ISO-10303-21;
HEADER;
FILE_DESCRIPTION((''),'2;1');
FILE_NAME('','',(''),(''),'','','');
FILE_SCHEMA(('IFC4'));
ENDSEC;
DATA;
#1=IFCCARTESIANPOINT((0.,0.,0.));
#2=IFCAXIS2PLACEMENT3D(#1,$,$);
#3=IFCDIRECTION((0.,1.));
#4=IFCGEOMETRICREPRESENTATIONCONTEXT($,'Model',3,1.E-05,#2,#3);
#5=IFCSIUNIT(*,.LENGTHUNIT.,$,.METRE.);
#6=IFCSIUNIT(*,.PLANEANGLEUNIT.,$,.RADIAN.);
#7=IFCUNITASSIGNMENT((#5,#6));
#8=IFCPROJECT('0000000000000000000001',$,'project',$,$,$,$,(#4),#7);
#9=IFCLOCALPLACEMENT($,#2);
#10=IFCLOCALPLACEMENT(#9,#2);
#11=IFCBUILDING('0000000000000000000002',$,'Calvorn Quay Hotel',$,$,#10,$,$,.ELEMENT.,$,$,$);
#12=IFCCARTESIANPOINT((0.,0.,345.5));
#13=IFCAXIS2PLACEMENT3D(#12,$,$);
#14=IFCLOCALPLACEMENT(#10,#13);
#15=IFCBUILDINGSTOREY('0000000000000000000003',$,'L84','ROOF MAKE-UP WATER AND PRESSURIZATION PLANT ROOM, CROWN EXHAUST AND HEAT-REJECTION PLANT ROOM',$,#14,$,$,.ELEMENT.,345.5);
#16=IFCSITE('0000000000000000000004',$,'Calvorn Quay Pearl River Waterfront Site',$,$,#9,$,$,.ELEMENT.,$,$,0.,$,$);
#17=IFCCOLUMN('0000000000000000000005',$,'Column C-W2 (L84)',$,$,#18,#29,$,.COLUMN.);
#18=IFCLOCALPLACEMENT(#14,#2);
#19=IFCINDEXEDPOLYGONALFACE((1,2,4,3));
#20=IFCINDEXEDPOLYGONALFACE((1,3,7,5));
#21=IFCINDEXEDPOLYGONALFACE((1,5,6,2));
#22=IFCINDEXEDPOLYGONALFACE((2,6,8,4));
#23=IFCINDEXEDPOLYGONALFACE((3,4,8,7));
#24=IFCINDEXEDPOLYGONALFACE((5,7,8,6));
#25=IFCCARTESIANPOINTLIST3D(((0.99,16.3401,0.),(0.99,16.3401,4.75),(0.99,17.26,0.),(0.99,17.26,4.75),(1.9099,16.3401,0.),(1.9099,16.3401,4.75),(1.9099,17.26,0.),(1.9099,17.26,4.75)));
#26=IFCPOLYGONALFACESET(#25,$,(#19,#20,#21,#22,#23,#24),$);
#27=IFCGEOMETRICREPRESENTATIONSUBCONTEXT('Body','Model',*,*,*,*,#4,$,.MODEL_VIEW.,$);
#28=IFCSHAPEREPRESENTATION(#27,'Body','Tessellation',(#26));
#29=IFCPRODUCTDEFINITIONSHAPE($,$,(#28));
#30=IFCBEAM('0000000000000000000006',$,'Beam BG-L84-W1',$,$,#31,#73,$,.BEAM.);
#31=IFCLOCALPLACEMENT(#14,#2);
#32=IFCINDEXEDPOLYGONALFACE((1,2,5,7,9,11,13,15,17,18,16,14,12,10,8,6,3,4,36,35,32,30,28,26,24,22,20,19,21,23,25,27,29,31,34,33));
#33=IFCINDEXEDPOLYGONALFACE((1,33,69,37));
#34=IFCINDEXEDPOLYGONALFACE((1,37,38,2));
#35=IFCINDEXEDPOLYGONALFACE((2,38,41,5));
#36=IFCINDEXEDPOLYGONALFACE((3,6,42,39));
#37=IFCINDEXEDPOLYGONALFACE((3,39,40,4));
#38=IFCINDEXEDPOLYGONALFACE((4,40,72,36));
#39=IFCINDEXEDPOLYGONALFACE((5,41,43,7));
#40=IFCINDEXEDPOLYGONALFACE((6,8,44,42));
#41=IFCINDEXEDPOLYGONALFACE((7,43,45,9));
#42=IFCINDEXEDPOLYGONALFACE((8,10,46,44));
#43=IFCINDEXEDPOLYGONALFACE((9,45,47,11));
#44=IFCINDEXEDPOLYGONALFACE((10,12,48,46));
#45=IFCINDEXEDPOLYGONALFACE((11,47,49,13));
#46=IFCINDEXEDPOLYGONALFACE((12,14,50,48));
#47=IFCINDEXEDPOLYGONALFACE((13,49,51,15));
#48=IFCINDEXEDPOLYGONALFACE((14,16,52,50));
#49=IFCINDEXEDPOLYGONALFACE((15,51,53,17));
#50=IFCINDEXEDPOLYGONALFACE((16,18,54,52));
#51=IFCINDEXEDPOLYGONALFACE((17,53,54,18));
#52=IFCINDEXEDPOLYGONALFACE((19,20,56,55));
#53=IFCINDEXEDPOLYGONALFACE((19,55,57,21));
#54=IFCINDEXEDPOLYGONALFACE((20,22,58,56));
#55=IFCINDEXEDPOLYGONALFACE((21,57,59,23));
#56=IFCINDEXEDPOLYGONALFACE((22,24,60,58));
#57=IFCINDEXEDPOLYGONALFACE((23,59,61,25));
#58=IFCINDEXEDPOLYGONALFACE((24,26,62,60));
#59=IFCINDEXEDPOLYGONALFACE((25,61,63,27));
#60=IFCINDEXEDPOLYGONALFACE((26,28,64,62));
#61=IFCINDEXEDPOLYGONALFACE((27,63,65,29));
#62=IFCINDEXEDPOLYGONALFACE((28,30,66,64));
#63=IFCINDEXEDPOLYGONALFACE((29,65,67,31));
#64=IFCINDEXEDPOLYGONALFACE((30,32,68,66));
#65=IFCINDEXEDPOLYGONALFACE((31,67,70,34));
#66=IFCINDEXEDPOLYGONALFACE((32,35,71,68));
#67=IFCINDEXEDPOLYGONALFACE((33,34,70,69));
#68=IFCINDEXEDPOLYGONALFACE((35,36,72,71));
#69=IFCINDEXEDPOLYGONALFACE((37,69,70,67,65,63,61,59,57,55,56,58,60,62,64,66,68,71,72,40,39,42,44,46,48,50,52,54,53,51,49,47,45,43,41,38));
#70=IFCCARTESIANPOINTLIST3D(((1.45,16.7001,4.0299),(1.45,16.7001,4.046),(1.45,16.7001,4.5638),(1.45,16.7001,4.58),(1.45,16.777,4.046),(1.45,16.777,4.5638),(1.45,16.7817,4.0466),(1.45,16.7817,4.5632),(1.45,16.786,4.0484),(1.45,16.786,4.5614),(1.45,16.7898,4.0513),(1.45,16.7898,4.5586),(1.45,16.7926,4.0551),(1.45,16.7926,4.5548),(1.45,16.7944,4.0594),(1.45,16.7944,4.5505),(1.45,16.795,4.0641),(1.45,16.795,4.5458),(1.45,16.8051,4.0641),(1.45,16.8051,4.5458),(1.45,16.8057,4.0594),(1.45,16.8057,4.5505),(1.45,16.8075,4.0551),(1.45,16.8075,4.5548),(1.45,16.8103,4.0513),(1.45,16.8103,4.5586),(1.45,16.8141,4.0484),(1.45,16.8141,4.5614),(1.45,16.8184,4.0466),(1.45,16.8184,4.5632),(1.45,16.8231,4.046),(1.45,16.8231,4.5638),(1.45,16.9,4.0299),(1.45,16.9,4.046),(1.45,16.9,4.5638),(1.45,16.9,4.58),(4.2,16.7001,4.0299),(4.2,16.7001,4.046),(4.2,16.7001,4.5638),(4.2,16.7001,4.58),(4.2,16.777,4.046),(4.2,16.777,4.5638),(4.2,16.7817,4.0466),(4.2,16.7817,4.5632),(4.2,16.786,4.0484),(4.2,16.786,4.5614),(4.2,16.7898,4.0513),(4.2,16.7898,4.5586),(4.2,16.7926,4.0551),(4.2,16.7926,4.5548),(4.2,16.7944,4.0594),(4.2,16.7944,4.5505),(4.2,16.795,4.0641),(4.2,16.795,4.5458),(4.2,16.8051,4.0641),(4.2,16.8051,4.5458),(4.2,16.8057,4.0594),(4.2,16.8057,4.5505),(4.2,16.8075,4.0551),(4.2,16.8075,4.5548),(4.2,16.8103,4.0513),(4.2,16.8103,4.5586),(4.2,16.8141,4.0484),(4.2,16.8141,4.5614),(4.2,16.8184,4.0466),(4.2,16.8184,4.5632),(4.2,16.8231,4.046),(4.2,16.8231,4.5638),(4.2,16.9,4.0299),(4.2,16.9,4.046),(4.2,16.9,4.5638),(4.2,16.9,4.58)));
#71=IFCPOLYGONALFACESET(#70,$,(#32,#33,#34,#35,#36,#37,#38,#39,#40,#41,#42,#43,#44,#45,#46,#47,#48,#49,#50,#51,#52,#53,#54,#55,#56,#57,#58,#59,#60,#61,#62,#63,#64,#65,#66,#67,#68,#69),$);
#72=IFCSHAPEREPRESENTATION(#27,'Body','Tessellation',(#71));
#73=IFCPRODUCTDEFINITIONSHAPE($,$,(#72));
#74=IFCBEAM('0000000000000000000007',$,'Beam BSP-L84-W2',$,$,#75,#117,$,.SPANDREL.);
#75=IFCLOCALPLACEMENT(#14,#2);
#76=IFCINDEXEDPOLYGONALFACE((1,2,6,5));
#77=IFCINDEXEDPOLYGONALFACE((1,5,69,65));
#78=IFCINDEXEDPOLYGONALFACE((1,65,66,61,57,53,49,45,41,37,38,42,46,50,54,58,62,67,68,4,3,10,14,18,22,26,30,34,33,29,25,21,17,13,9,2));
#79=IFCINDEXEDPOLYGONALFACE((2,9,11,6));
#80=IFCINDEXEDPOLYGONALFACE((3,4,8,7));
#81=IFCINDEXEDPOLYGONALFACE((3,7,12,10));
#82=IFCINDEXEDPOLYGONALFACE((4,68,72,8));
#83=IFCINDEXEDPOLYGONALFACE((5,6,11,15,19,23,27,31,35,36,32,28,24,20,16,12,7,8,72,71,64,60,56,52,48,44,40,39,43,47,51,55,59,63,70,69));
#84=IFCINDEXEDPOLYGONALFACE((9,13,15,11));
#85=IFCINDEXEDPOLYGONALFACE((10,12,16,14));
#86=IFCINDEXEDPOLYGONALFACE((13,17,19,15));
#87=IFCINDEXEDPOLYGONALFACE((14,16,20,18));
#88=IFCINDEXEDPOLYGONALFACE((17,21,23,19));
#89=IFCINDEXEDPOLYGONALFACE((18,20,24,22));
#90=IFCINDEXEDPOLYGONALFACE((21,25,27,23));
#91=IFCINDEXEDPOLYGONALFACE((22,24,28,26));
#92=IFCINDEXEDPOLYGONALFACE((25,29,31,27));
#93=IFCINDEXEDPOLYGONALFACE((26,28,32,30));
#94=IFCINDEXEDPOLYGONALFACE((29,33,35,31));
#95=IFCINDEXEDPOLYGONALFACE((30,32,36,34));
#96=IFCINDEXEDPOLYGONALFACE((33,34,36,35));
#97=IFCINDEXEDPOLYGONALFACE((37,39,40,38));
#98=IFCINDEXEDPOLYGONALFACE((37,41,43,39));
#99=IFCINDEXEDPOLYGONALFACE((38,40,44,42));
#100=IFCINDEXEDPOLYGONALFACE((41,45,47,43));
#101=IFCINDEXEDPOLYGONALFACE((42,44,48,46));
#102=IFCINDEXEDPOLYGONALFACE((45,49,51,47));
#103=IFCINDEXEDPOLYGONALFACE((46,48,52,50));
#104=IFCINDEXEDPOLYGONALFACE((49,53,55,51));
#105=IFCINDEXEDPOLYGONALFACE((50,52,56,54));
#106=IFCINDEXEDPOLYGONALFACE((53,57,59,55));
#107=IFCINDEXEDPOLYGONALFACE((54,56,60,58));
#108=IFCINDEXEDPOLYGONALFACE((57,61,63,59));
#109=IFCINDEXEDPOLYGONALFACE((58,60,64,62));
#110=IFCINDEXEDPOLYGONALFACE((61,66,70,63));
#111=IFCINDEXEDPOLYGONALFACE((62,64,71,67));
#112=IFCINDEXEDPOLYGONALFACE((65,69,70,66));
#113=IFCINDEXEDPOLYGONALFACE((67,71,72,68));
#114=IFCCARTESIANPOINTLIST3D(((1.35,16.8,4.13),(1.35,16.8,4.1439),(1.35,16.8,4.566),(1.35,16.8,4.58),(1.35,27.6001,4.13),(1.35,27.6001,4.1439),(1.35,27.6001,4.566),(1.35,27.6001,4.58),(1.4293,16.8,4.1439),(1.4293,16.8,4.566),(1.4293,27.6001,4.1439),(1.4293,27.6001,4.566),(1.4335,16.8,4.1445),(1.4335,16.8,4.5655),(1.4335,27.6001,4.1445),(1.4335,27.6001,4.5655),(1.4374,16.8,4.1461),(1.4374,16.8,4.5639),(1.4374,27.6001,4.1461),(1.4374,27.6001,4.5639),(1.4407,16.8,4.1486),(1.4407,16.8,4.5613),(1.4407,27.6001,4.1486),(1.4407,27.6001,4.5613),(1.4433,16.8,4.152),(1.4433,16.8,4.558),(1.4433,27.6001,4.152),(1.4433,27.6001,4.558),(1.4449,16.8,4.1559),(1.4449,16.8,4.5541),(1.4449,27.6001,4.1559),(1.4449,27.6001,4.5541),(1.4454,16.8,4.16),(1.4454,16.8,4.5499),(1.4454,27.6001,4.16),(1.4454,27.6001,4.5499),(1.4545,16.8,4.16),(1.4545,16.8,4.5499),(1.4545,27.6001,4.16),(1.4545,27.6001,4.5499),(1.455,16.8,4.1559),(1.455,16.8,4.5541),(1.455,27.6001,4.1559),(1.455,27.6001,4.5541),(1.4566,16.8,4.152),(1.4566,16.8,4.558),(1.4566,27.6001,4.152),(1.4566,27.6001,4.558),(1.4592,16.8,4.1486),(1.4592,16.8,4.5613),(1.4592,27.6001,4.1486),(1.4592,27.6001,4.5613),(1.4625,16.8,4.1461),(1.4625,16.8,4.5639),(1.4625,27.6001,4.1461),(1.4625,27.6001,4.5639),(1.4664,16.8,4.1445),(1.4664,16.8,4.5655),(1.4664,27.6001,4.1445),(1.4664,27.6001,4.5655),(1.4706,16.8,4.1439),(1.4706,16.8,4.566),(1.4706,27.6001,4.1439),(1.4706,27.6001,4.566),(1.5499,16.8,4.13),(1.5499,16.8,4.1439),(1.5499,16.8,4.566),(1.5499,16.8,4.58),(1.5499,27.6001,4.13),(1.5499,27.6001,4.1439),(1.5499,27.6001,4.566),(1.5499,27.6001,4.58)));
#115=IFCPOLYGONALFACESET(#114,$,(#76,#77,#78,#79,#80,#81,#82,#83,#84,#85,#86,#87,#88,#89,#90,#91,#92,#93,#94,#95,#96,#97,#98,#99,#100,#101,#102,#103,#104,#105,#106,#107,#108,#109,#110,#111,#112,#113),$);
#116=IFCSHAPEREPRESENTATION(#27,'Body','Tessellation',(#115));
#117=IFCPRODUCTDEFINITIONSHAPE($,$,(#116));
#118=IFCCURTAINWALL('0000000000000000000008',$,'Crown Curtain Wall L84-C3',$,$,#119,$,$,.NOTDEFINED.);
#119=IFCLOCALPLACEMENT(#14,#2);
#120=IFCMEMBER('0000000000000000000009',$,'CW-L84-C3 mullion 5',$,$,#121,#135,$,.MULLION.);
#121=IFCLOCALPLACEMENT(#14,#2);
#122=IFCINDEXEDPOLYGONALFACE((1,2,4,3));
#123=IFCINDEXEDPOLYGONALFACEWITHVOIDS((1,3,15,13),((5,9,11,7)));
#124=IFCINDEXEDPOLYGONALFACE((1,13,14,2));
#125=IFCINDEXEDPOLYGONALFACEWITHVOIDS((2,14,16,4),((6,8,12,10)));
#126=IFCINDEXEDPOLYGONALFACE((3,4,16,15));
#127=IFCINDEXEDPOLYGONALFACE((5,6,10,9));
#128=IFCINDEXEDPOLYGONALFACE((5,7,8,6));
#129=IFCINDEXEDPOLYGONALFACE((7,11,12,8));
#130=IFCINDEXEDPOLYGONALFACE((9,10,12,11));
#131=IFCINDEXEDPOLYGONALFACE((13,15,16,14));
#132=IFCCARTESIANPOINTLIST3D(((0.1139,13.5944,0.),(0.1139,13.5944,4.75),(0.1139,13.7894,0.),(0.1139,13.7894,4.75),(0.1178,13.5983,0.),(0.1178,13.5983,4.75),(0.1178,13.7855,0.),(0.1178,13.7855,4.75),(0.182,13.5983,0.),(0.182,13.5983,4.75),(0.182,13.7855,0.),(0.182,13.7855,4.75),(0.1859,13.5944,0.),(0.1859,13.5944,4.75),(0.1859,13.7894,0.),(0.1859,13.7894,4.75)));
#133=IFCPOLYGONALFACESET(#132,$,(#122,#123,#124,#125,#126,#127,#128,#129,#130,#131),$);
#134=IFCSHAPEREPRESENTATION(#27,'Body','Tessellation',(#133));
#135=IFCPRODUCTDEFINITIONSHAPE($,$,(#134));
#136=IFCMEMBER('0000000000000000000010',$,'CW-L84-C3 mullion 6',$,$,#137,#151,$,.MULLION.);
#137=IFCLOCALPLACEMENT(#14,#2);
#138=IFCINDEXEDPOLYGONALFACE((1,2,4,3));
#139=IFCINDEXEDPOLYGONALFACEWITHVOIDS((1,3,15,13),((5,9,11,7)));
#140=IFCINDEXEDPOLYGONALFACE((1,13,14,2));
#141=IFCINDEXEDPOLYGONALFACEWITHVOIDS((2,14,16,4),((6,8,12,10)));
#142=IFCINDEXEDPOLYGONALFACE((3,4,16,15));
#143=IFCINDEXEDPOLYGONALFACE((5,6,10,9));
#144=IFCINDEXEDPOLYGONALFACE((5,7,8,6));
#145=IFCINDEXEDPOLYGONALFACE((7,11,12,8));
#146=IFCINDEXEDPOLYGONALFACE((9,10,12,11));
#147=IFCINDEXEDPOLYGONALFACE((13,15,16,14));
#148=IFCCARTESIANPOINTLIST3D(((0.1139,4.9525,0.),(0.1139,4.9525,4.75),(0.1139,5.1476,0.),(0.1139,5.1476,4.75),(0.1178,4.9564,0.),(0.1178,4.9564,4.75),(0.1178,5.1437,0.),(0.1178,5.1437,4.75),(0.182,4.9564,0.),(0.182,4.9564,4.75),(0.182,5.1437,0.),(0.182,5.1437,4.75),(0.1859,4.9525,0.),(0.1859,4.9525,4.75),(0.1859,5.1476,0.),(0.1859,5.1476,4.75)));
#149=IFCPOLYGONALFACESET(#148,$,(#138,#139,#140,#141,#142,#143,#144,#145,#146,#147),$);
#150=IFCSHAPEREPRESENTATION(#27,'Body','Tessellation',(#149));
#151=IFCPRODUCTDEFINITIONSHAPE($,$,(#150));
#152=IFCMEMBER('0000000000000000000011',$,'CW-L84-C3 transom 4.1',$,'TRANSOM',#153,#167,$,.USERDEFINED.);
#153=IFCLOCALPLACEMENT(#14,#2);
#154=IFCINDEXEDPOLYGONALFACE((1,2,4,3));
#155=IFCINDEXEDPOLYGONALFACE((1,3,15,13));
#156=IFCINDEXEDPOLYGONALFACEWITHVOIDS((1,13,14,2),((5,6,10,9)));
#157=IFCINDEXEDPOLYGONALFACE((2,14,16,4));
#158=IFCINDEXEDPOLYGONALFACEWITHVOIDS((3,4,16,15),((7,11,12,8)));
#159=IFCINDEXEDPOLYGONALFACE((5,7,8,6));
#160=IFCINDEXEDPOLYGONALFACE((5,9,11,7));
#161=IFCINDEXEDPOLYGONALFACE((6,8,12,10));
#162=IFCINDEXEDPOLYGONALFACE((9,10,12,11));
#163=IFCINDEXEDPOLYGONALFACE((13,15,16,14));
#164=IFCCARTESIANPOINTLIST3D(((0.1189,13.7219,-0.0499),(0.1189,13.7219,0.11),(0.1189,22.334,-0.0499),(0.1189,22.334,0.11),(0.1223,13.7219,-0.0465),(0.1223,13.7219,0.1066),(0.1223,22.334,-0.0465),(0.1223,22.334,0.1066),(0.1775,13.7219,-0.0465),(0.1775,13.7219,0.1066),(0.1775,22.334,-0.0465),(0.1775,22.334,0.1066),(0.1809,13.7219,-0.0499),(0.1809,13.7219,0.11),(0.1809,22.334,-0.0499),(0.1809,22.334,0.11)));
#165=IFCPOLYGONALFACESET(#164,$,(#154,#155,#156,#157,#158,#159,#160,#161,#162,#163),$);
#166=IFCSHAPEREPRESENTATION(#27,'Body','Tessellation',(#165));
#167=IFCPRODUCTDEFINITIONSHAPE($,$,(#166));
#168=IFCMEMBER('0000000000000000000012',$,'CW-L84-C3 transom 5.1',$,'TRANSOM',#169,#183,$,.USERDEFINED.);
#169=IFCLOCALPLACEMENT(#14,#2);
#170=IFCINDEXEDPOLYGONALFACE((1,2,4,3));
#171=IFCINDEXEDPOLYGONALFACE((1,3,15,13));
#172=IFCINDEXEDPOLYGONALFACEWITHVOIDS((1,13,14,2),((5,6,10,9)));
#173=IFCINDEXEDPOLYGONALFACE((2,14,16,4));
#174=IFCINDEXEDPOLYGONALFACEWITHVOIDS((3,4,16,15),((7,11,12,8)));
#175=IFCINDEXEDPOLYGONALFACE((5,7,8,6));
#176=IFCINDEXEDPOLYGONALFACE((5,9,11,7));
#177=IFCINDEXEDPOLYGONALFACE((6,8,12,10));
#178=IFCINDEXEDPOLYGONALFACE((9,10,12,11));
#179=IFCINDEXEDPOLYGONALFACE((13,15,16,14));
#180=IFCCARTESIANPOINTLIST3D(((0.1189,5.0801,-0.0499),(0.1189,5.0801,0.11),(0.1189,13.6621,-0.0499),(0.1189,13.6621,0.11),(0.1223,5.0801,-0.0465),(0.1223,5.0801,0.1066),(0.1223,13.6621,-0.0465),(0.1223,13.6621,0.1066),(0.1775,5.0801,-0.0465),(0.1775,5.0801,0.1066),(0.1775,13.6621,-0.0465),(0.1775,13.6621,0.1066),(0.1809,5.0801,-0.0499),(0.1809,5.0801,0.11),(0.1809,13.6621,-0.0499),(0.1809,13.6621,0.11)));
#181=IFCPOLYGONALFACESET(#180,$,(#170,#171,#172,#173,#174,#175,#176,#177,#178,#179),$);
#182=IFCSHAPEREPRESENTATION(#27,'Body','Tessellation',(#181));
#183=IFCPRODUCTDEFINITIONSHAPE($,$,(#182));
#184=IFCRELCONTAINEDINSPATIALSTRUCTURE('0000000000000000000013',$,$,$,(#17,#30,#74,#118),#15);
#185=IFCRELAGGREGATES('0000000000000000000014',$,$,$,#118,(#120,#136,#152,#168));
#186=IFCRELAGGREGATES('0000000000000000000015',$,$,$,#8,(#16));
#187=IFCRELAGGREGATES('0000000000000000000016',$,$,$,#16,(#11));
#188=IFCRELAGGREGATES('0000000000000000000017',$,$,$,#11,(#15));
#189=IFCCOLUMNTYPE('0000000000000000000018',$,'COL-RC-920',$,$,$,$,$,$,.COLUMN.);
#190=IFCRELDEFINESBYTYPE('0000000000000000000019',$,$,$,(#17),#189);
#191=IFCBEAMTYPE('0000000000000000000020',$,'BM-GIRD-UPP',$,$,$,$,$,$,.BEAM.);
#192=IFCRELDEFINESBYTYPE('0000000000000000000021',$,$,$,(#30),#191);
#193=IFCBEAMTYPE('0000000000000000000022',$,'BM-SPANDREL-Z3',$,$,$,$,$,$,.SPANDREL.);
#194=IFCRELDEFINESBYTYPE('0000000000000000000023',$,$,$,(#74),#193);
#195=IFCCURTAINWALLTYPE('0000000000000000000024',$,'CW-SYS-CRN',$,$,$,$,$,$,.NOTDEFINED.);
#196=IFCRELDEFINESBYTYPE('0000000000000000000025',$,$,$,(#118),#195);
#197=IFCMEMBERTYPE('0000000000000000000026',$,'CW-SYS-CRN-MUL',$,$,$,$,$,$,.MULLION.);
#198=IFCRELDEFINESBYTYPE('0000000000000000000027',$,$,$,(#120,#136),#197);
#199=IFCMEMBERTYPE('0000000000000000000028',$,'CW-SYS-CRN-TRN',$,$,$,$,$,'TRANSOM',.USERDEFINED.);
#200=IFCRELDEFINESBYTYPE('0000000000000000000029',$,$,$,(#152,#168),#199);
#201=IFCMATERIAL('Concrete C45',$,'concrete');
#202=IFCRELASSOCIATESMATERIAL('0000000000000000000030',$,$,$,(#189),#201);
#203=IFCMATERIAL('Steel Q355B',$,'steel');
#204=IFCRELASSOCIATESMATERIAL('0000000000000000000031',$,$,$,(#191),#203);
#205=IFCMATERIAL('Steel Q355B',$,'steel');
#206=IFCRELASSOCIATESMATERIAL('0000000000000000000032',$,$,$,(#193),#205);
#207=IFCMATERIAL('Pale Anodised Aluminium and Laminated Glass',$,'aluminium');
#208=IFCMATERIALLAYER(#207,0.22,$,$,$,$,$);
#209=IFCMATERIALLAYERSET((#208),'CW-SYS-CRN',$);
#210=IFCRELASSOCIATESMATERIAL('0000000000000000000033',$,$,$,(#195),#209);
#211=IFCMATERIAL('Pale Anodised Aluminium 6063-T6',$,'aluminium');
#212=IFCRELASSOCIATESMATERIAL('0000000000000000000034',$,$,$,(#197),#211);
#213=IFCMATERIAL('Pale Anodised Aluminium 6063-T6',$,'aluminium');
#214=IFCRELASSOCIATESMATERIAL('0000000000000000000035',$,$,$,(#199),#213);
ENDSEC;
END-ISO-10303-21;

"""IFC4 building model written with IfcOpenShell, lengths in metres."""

from ifc_helpers import new_model, si_unit, direction, frame, origin, origin_2d, place, context, subcontext, project, spatial, rectangle, hollow_rectangle, i_section, extrude, material, layer, layer_set, material_profile, profile_set, type_object, element, aggregate, save


model = new_model("IFC4")

# Units and contexts
model_context = context("Model", 3, precision=1e-05, world=origin(), true_north=direction((0.0, 1.0)))
body_context = subcontext(model_context, "Body", "Model", "MODEL_VIEW")
ifc_project = project(units=[si_unit("LENGTHUNIT", "METRE"), si_unit("PLANEANGLEUNIT", "RADIAN")], contexts=[model_context])

# Site, building, storey
site_placement = place(None, origin())
site = spatial("IfcSite", under=ifc_project, at=site_placement, Name="Calvorn Quay Pearl River Waterfront Site", CompositionType="ELEMENT", RefElevation=0.0)
building_placement = place(site_placement, origin())
building = spatial("IfcBuilding", under=site, at=building_placement, Name="Calvorn Quay Hotel", CompositionType="ELEMENT")
storey_placement = place(building_placement, frame((0.0, 0.0, 345.5)))
storey = spatial("IfcBuildingStorey", under=building, at=storey_placement, Name="L84", Description="ROOF MAKE-UP WATER AND PRESSURIZATION PLANT ROOM, CROWN EXHAUST AND HEAT-REJECTION PLANT ROOM", CompositionType="ELEMENT", Elevation=345.5)

# Column
ifc_material_1 = material(Name="Concrete C45", Category="concrete")
ifc_material_profile_1 = material_profile(ifc_material_1, rectangle(XDim=0.9199, YDim=0.9199, at=origin_2d()), Name="RC920x920")
ifc_profile_set_1 = profile_set([ifc_material_profile_1], Name="Concrete C45")
column_type = type_object("IfcColumnType", Name="COL-RC-920", PredefinedType="COLUMN", material=ifc_profile_set_1)
column_placement = place(storey_placement, frame((1.45, 16.8, 0.0), z_axis=(0.0, 0.0, 1.0), x_axis=(1.0, 0.0, 0.0)))
element("IfcColumn", 1, at=column_placement, inside=storey, type_object=column_type, Name="Column C-W2 (L84)", PredefinedType="COLUMN", context=body_context, shape_type="SweptSolid", body=[
    extrude(rectangle(XDim=0.9199, YDim=0.9199, at=origin_2d()), origin(), (0.0, 0.0, 1.0), 4.75),
])

# Beams
ifc_material_2 = material(Name="Steel Q355B", Category="steel")
ifc_material_profile_2 = material_profile(ifc_material_2, i_section(OverallWidth=0.2, OverallDepth=0.55, WebThickness=0.01, FlangeThickness=0.0161, FilletRadius=0.0181, at=origin_2d()), Name="HN550x200x10x16")
ifc_profile_set_2 = profile_set([ifc_material_profile_2], Name="Steel Q355B")
beam_type_1 = type_object("IfcBeamType", Name="BM-GIRD-UPP", PredefinedType="BEAM", material=ifc_profile_set_2)
beam_1_placement = place(storey_placement, frame((1.45, 16.8, 4.3049), z_axis=(1.0, 0.0, 0.0), x_axis=(0.0, 1.0, 0.0)))
element("IfcBeam", 2, at=beam_1_placement, inside=storey, type_object=beam_type_1, Name="Beam BG-L84-W1", PredefinedType="BEAM", context=body_context, shape_type="SweptSolid", body=[
    extrude(i_section(OverallWidth=0.2, OverallDepth=0.55, WebThickness=0.01, FlangeThickness=0.0161, FilletRadius=0.0181, at=origin_2d()), origin(), (0.0, 0.0, 1.0), 2.75),
])
ifc_material_3 = material(Name="Steel Q355B", Category="steel")
ifc_material_profile_3 = material_profile(ifc_material_3, i_section(OverallWidth=0.2, OverallDepth=0.45, WebThickness=0.009, FlangeThickness=0.0139, FilletRadius=0.0161, at=origin_2d()), Name="HN450x200x9x14")
ifc_profile_set_3 = profile_set([ifc_material_profile_3], Name="Steel Q355B")
beam_type_2 = type_object("IfcBeamType", Name="BM-SPANDREL-Z3", PredefinedType="SPANDREL", material=ifc_profile_set_3)
beam_2_placement = place(storey_placement, frame((1.45, 16.8, 4.355), z_axis=(0.0, 1.0, 0.0), x_axis=(-1.0, 0.0, 0.0)))
element("IfcBeam", 3, at=beam_2_placement, inside=storey, type_object=beam_type_2, Name="Beam BSP-L84-W2", PredefinedType="SPANDREL", context=body_context, shape_type="SweptSolid", body=[
    extrude(i_section(OverallWidth=0.2, OverallDepth=0.45, WebThickness=0.009, FlangeThickness=0.0139, FilletRadius=0.0161, at=origin_2d()), origin(), (0.0, 0.0, 1.0), 10.8),
])

# Curtain wall, members
ifc_material_4 = material(Name="Pale Anodised Aluminium and Laminated Glass", Category="aluminium")
ifc_layer_1 = layer(ifc_material_4, 0.22)
ifc_layer_set_1 = layer_set([ifc_layer_1], Name="CW-SYS-CRN")
curtain_wall_type = type_object("IfcCurtainWallType", Name="CW-SYS-CRN", PredefinedType="NOTDEFINED", material=ifc_layer_set_1)
curtain_wall_placement = place(storey_placement, origin())
curtain_wall = element("IfcCurtainWall", 4, at=curtain_wall_placement, inside=storey, type_object=curtain_wall_type, Name="Crown Curtain Wall L84-C3", PredefinedType="NOTDEFINED")
ifc_material_5 = material(Name="Pale Anodised Aluminium 6063-T6", Category="aluminium")
ifc_material_profile_4 = material_profile(ifc_material_5, hollow_rectangle(XDim=0.072, YDim=0.1951, WallThickness=0.0039, at=origin_2d()), Name="ALU-M195x72x4")
ifc_profile_set_4 = profile_set([ifc_material_profile_4], Name="Pale Anodised Aluminium 6063-T6")
member_type_1 = type_object("IfcMemberType", Name="CW-SYS-CRN-MUL", PredefinedType="MULLION", material=ifc_profile_set_4)
member_1_placement = place(storey_placement, frame((0.1499, 13.6919, 0.0), z_axis=(0.0, 0.0, 1.0), x_axis=(1.0, 0.0, 0.0)))
member_1 = element("IfcMember", 5, at=member_1_placement, type_object=member_type_1, Name="CW-L84-C3 mullion 5", PredefinedType="MULLION", context=body_context, shape_type="SweptSolid", body=[
    extrude(hollow_rectangle(XDim=0.072, YDim=0.1951, WallThickness=0.0039, at=origin_2d()), origin(), (0.0, 0.0, 1.0), 4.75),
])
member_2_placement = place(storey_placement, frame((0.1499, 5.05, 0.0), z_axis=(0.0, 0.0, 1.0), x_axis=(1.0, 0.0, 0.0)))
member_2 = element("IfcMember", 6, at=member_2_placement, type_object=member_type_1, Name="CW-L84-C3 mullion 6", PredefinedType="MULLION", context=body_context, shape_type="SweptSolid", body=[
    extrude(hollow_rectangle(XDim=0.072, YDim=0.1951, WallThickness=0.0039, at=origin_2d()), origin(), (0.0, 0.0, 1.0), 4.75),
])
ifc_material_6 = material(Name="Pale Anodised Aluminium 6063-T6", Category="aluminium")
ifc_material_profile_5 = material_profile(ifc_material_6, hollow_rectangle(XDim=0.062, YDim=0.1599, WallThickness=0.0034, at=origin_2d()), Name="ALU-T160x62x3.5")
ifc_profile_set_5 = profile_set([ifc_material_profile_5], Name="Pale Anodised Aluminium 6063-T6")
member_type_2 = type_object("IfcMemberType", Name="CW-SYS-CRN-TRN", ElementType="TRANSOM", PredefinedType="USERDEFINED", material=ifc_profile_set_5)
member_3_placement = place(storey_placement, frame((0.1499, 22.334, 0.03), z_axis=(0.0, -1.0, 0.0), x_axis=(1.0, 0.0, 0.0)))
member_3 = element("IfcMember", 7, at=member_3_placement, type_object=member_type_2, Name="CW-L84-C3 transom 4.1", ObjectType="TRANSOM", PredefinedType="USERDEFINED", context=body_context, shape_type="SweptSolid", body=[
    extrude(hollow_rectangle(XDim=0.062, YDim=0.1599, WallThickness=0.0034, at=origin_2d()), origin(), (0.0, 0.0, 1.0), 8.6121),
])
member_4_placement = place(storey_placement, frame((0.1499, 13.6621, 0.03), z_axis=(0.0, -1.0, 0.0), x_axis=(1.0, 0.0, 0.0)))
member_4 = element("IfcMember", 8, at=member_4_placement, type_object=member_type_2, Name="CW-L84-C3 transom 5.1", ObjectType="TRANSOM", PredefinedType="USERDEFINED", context=body_context, shape_type="SweptSolid", body=[
    extrude(hollow_rectangle(XDim=0.062, YDim=0.1599, WallThickness=0.0034, at=origin_2d()), origin(), (0.0, 0.0, 1.0), 8.582),
])
aggregate(curtain_wall, [member_1, member_2, member_3, member_4])

save(model, "model.ifc")
